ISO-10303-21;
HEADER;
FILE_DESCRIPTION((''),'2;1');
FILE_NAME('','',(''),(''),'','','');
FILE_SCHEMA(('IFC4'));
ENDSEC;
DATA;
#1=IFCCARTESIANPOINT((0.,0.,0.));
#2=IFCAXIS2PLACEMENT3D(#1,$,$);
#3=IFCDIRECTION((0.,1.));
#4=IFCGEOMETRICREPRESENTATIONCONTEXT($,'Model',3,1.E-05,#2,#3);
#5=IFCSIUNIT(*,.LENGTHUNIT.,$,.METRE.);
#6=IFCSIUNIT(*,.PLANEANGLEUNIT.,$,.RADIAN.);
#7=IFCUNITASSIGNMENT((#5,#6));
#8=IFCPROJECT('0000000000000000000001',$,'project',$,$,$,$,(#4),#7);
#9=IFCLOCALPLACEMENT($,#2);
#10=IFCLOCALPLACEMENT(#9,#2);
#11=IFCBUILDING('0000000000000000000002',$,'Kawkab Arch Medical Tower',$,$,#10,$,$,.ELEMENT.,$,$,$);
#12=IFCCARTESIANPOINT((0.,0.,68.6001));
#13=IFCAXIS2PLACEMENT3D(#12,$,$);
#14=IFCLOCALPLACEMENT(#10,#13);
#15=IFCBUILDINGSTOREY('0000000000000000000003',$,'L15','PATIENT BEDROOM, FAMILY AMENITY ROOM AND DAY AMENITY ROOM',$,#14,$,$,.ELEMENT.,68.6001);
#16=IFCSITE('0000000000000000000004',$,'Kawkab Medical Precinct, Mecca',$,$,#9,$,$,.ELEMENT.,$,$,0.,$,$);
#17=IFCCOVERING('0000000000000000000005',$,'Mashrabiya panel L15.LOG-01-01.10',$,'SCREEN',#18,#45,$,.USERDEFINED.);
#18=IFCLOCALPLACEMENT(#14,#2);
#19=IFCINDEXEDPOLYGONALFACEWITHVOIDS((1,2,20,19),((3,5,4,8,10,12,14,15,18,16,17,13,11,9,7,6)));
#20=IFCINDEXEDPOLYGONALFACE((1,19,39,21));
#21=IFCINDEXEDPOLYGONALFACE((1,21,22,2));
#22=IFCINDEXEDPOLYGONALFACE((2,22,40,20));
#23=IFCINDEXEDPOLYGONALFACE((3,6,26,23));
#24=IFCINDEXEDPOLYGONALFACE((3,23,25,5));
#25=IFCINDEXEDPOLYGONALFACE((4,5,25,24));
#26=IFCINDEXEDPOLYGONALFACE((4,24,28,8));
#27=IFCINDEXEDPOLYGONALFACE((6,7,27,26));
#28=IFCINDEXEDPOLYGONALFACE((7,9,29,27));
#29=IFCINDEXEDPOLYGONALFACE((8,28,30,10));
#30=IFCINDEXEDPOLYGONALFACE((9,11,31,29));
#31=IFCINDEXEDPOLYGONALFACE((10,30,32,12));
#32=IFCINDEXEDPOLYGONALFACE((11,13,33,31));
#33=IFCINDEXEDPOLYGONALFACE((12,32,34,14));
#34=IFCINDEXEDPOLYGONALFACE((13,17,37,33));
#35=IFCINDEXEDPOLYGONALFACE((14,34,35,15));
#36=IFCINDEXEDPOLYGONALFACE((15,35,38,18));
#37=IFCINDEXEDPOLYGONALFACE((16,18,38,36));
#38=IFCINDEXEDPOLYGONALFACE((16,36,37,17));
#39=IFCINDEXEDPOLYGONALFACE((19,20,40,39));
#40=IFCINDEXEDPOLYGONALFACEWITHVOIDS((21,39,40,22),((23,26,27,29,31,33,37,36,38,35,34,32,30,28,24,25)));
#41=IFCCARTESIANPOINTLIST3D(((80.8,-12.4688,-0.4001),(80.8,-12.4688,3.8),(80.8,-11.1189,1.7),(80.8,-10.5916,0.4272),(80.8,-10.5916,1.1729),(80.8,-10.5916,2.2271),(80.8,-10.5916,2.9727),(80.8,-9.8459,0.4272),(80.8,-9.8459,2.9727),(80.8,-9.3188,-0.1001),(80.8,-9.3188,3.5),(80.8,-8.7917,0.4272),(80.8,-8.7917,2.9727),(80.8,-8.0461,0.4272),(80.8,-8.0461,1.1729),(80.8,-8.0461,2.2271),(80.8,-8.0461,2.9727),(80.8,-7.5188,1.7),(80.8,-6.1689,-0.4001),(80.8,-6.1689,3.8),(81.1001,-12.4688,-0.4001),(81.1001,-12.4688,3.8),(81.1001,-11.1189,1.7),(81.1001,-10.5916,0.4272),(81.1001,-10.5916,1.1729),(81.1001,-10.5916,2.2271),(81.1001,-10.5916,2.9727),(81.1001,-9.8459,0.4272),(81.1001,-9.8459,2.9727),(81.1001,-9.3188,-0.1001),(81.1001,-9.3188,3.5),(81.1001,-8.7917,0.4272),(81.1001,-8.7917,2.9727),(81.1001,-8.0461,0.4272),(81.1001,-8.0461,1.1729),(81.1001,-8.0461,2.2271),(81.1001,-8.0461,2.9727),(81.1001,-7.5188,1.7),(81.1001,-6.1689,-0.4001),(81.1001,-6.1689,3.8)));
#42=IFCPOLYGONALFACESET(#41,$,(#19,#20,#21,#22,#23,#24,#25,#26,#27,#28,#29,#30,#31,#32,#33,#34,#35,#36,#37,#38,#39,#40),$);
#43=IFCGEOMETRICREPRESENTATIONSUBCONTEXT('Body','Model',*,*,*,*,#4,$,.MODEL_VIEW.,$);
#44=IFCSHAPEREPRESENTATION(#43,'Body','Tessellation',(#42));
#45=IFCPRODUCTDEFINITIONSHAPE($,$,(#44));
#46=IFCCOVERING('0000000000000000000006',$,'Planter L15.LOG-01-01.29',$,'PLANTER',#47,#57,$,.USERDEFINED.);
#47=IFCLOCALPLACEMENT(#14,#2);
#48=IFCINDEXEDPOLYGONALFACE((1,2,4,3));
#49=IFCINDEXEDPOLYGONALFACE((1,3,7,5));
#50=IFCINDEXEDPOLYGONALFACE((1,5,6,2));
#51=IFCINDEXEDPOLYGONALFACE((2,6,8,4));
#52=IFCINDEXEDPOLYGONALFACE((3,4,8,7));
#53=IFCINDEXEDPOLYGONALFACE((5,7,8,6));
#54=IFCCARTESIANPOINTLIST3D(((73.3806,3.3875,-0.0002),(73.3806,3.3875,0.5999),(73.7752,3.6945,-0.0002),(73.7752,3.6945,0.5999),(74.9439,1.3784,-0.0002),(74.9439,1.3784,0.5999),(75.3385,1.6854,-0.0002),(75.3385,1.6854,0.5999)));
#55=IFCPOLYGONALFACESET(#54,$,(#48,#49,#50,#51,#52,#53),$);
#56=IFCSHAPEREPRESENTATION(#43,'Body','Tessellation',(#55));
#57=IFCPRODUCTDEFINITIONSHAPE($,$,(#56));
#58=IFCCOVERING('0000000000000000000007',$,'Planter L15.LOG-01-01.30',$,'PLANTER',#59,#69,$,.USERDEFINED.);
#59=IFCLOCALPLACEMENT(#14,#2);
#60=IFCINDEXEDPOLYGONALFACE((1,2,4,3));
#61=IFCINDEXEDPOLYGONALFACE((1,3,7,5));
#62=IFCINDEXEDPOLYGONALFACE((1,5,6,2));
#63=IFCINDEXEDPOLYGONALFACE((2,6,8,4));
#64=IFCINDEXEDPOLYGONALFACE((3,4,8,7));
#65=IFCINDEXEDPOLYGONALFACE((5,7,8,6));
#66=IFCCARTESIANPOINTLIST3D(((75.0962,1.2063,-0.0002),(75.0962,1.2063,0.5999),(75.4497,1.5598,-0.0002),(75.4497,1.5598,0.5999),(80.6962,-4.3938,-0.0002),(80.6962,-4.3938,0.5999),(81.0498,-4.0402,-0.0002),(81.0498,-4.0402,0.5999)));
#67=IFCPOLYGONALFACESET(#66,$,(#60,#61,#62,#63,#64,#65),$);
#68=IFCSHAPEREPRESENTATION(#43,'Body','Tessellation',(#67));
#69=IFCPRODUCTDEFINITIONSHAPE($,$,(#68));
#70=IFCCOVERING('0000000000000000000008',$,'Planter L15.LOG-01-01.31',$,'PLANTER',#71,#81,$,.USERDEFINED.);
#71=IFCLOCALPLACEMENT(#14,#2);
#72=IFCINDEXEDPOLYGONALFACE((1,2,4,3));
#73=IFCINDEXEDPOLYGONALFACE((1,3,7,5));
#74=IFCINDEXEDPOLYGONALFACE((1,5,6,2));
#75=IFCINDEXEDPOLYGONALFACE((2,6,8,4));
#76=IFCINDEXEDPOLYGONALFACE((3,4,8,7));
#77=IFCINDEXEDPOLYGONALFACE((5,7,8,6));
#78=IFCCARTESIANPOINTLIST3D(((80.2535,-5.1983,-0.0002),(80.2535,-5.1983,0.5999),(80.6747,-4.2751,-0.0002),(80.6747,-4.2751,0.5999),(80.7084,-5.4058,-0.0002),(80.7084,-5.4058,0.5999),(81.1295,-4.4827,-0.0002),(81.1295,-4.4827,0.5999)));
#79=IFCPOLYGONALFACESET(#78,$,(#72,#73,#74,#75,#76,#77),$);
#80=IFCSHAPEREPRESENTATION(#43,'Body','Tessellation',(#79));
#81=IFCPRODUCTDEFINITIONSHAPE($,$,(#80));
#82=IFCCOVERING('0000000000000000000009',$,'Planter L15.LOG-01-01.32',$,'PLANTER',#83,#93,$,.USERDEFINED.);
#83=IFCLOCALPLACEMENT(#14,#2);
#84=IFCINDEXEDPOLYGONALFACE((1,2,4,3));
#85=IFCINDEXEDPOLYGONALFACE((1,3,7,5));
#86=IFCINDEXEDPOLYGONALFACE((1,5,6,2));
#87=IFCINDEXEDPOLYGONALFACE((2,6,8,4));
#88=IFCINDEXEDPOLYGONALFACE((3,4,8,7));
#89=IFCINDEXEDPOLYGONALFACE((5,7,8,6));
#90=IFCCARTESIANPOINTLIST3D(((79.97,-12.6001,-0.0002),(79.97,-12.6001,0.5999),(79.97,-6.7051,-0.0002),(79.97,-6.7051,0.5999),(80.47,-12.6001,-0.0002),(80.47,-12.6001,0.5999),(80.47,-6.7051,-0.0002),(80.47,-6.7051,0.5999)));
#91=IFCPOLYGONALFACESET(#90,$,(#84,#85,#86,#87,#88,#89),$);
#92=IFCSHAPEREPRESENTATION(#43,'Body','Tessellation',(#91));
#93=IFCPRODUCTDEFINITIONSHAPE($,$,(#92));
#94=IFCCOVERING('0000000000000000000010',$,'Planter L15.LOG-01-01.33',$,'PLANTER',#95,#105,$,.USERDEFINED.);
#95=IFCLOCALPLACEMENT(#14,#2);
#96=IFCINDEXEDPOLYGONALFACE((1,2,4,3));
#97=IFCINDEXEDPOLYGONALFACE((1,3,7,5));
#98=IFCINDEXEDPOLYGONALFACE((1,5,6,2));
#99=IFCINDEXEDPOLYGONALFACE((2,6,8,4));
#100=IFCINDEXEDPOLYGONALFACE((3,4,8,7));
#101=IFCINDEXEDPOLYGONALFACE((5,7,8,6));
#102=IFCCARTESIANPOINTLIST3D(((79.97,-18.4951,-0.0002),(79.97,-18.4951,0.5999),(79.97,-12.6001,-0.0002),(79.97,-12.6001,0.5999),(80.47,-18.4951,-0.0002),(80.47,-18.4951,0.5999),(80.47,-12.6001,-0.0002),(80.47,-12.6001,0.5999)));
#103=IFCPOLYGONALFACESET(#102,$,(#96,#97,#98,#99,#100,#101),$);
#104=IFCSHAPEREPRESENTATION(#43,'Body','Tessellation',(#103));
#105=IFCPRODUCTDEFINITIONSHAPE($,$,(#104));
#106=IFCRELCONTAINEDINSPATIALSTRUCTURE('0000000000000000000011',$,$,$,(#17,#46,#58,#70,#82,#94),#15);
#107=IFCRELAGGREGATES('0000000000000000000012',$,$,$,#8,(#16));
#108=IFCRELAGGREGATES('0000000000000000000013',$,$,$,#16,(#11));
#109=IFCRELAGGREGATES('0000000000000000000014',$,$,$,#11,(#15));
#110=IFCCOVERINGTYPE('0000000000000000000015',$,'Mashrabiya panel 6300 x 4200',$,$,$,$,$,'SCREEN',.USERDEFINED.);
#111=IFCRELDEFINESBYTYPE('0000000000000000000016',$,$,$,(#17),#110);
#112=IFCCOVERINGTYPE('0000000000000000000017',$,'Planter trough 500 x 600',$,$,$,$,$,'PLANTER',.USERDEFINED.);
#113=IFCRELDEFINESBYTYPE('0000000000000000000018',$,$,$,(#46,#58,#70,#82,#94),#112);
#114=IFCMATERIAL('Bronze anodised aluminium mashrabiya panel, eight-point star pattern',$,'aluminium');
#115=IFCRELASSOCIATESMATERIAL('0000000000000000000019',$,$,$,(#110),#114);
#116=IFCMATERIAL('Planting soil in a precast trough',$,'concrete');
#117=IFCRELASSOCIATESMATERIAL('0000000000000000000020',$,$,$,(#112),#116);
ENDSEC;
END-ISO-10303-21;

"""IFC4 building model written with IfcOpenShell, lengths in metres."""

from ifc_helpers import new_model, si_unit, direction, frame, origin, origin_2d, place, context, subcontext, project, spatial, polyline, rectangle, outline, extrude, material, material_profile, profile_set, type_object, element, save


model = new_model("IFC4")

# Units and contexts
model_context = context("Model", 3, precision=1e-05, world=origin(), true_north=direction((0.0, 1.0)))
body_context = subcontext(model_context, "Body", "Model", "MODEL_VIEW")
ifc_project = project(units=[si_unit("LENGTHUNIT", "METRE"), si_unit("PLANEANGLEUNIT", "RADIAN")], contexts=[model_context])

# Site, building, storey
site_placement = place(None, origin())
site = spatial("IfcSite", under=ifc_project, at=site_placement, Name="Kawkab Medical Precinct, Mecca", CompositionType="ELEMENT", RefElevation=0.0)
building_placement = place(site_placement, origin())
building = spatial("IfcBuilding", under=site, at=building_placement, Name="Kawkab Arch Medical Tower", CompositionType="ELEMENT")
storey_placement = place(building_placement, frame((0.0, 0.0, 68.6001)))
storey = spatial("IfcBuildingStorey", under=building, at=storey_placement, Name="L15", Description="PATIENT BEDROOM, FAMILY AMENITY ROOM AND DAY AMENITY ROOM", CompositionType="ELEMENT", Elevation=68.6001)

# Coverings
ifc_material_1 = material(Name="Bronze anodised aluminium mashrabiya panel, eight-point star pattern", Category="aluminium")
ifc_material_profile_1 = material_profile(ifc_material_1, outline(polyline([(-3.1499, -2.1001), (3.1499, -2.1001), (3.1499, 2.1001), (-3.1499, 2.1001), (-3.1499, -2.1001)]), holes=[polyline([(1.8, 0.0), (1.2727, 0.5271), (1.2727, 1.2727), (0.5271, 1.2727), (0.0, 1.8), (-0.5271, 1.2727), (-1.2727, 1.2727), (-1.2727, 0.5271), (-1.8, 0.0), (-1.2727, -0.5271), (-1.2727, -1.2727), (-0.5271, -1.2727), (0.0, -1.8), (0.5271, -1.2727), (1.2727, -1.2727), (1.2727, -0.5271), (1.8, 0.0)])]), Name="Mashrabiya panel 6300x4200")
ifc_profile_set_1 = profile_set([ifc_material_profile_1], Name="Bronze anodised aluminium mashrabiya panel, eight-point star pattern")
covering_type_1 = type_object("IfcCoveringType", Name="Mashrabiya panel 6300 x 4200", ElementType="SCREEN", PredefinedType="USERDEFINED", material=ifc_profile_set_1)
covering_1_placement = place(storey_placement, frame((80.8, -9.3188, 1.7), z_axis=(1.0, 0.0, 0.0), x_axis=(0.0, 1.0, 0.0)))
element("IfcCovering", 1, at=covering_1_placement, inside=storey, type_object=covering_type_1, Name="Mashrabiya panel L15.LOG-01-01.10", ObjectType="SCREEN", PredefinedType="USERDEFINED", context=body_context, shape_type="SweptSolid", body=[
    extrude(outline(polyline([(-3.1499, -2.1001), (3.1499, -2.1001), (3.1499, 2.1001), (-3.1499, 2.1001), (-3.1499, -2.1001)]), holes=[polyline([(1.8, 0.0), (1.2727, 0.5271), (1.2727, 1.2727), (0.5271, 1.2727), (0.0, 1.8), (-0.5271, 1.2727), (-1.2727, 1.2727), (-1.2727, 0.5271), (-1.8, 0.0), (-1.2727, -0.5271), (-1.2727, -1.2727), (-0.5271, -1.2727), (0.0, -1.8), (0.5271, -1.2727), (1.2727, -1.2727), (1.2727, -0.5271), (1.8, 0.0)])]), origin(), (0.0, 0.0, 1.0), 0.3),
])
ifc_material_2 = material(Name="Planting soil in a precast trough", Category="concrete")
ifc_material_profile_2 = material_profile(ifc_material_2, rectangle(XDim=0.5, YDim=0.6001, at=origin_2d()), Name="Trough 500x600")
ifc_profile_set_2 = profile_set([ifc_material_profile_2], Name="Planting soil in a precast trough")
covering_type_2 = type_object("IfcCoveringType", Name="Planter trough 500 x 600", ElementType="PLANTER", PredefinedType="USERDEFINED", material=ifc_profile_set_2)
covering_2_placement = place(storey_placement, frame((73.5779, 3.541, 0.2998), z_axis=(0.6141, -0.789228, 0.0), x_axis=(0.789228, 0.6141, 0.0)))
element("IfcCovering", 2, at=covering_2_placement, inside=storey, type_object=covering_type_2, Name="Planter L15.LOG-01-01.29", ObjectType="PLANTER", PredefinedType="USERDEFINED", context=body_context, shape_type="SweptSolid", body=[
    extrude(rectangle(XDim=0.5, YDim=0.6001, at=origin_2d()), origin(), (0.0, 0.0, 1.0), 2.5457),
])
covering_3_placement = place(storey_placement, frame((75.2729, 1.3831, 0.2998), z_axis=(0.707107, -0.707107, 0.0), x_axis=(0.707107, 0.707107, 0.0)))
element("IfcCovering", 3, at=covering_3_placement, inside=storey, type_object=covering_type_2, Name="Planter L15.LOG-01-01.30", ObjectType="PLANTER", PredefinedType="USERDEFINED", context=body_context, shape_type="SweptSolid", body=[
    extrude(rectangle(XDim=0.5, YDim=0.6001, at=origin_2d()), origin(), (0.0, 0.0, 1.0), 7.9197),
])
covering_4_placement = place(storey_placement, frame((80.9021, -4.3789, 0.2998), z_axis=(-0.415072, -0.909789, 0.0), x_axis=(0.909789, -0.415072, 0.0)))
element("IfcCovering", 4, at=covering_4_placement, inside=storey, type_object=covering_type_2, Name="Planter L15.LOG-01-01.31", ObjectType="PLANTER", PredefinedType="USERDEFINED", context=body_context, shape_type="SweptSolid", body=[
    extrude(rectangle(XDim=0.5, YDim=0.6001, at=origin_2d()), origin(), (0.0, 0.0, 1.0), 1.0146),
])
for number, where, z_axis, x_axis, name in (
    (5, (80.22, -6.7051, 0.2998), (0.0, -1.0, 0.0), (1.0, 0.0, 0.0), "Planter L15.LOG-01-01.32"),
    (6, (80.22, -12.6001, 0.2998), (0.0, -1.0, 0.0), (1.0, 0.0, 0.0), "Planter L15.LOG-01-01.33"),
):
    element("IfcCovering", number, at=place(storey_placement, frame(where, z_axis=z_axis, x_axis=x_axis)), inside=storey, type_object=covering_type_2, Name=name, ObjectType="PLANTER", PredefinedType="USERDEFINED", context=body_context, shape_type="SweptSolid", body=[
        extrude(rectangle(XDim=0.5, YDim=0.6001, at=origin_2d()), origin(), (0.0, 0.0, 1.0), 5.895),
    ])

save(model, "model.ifc")
